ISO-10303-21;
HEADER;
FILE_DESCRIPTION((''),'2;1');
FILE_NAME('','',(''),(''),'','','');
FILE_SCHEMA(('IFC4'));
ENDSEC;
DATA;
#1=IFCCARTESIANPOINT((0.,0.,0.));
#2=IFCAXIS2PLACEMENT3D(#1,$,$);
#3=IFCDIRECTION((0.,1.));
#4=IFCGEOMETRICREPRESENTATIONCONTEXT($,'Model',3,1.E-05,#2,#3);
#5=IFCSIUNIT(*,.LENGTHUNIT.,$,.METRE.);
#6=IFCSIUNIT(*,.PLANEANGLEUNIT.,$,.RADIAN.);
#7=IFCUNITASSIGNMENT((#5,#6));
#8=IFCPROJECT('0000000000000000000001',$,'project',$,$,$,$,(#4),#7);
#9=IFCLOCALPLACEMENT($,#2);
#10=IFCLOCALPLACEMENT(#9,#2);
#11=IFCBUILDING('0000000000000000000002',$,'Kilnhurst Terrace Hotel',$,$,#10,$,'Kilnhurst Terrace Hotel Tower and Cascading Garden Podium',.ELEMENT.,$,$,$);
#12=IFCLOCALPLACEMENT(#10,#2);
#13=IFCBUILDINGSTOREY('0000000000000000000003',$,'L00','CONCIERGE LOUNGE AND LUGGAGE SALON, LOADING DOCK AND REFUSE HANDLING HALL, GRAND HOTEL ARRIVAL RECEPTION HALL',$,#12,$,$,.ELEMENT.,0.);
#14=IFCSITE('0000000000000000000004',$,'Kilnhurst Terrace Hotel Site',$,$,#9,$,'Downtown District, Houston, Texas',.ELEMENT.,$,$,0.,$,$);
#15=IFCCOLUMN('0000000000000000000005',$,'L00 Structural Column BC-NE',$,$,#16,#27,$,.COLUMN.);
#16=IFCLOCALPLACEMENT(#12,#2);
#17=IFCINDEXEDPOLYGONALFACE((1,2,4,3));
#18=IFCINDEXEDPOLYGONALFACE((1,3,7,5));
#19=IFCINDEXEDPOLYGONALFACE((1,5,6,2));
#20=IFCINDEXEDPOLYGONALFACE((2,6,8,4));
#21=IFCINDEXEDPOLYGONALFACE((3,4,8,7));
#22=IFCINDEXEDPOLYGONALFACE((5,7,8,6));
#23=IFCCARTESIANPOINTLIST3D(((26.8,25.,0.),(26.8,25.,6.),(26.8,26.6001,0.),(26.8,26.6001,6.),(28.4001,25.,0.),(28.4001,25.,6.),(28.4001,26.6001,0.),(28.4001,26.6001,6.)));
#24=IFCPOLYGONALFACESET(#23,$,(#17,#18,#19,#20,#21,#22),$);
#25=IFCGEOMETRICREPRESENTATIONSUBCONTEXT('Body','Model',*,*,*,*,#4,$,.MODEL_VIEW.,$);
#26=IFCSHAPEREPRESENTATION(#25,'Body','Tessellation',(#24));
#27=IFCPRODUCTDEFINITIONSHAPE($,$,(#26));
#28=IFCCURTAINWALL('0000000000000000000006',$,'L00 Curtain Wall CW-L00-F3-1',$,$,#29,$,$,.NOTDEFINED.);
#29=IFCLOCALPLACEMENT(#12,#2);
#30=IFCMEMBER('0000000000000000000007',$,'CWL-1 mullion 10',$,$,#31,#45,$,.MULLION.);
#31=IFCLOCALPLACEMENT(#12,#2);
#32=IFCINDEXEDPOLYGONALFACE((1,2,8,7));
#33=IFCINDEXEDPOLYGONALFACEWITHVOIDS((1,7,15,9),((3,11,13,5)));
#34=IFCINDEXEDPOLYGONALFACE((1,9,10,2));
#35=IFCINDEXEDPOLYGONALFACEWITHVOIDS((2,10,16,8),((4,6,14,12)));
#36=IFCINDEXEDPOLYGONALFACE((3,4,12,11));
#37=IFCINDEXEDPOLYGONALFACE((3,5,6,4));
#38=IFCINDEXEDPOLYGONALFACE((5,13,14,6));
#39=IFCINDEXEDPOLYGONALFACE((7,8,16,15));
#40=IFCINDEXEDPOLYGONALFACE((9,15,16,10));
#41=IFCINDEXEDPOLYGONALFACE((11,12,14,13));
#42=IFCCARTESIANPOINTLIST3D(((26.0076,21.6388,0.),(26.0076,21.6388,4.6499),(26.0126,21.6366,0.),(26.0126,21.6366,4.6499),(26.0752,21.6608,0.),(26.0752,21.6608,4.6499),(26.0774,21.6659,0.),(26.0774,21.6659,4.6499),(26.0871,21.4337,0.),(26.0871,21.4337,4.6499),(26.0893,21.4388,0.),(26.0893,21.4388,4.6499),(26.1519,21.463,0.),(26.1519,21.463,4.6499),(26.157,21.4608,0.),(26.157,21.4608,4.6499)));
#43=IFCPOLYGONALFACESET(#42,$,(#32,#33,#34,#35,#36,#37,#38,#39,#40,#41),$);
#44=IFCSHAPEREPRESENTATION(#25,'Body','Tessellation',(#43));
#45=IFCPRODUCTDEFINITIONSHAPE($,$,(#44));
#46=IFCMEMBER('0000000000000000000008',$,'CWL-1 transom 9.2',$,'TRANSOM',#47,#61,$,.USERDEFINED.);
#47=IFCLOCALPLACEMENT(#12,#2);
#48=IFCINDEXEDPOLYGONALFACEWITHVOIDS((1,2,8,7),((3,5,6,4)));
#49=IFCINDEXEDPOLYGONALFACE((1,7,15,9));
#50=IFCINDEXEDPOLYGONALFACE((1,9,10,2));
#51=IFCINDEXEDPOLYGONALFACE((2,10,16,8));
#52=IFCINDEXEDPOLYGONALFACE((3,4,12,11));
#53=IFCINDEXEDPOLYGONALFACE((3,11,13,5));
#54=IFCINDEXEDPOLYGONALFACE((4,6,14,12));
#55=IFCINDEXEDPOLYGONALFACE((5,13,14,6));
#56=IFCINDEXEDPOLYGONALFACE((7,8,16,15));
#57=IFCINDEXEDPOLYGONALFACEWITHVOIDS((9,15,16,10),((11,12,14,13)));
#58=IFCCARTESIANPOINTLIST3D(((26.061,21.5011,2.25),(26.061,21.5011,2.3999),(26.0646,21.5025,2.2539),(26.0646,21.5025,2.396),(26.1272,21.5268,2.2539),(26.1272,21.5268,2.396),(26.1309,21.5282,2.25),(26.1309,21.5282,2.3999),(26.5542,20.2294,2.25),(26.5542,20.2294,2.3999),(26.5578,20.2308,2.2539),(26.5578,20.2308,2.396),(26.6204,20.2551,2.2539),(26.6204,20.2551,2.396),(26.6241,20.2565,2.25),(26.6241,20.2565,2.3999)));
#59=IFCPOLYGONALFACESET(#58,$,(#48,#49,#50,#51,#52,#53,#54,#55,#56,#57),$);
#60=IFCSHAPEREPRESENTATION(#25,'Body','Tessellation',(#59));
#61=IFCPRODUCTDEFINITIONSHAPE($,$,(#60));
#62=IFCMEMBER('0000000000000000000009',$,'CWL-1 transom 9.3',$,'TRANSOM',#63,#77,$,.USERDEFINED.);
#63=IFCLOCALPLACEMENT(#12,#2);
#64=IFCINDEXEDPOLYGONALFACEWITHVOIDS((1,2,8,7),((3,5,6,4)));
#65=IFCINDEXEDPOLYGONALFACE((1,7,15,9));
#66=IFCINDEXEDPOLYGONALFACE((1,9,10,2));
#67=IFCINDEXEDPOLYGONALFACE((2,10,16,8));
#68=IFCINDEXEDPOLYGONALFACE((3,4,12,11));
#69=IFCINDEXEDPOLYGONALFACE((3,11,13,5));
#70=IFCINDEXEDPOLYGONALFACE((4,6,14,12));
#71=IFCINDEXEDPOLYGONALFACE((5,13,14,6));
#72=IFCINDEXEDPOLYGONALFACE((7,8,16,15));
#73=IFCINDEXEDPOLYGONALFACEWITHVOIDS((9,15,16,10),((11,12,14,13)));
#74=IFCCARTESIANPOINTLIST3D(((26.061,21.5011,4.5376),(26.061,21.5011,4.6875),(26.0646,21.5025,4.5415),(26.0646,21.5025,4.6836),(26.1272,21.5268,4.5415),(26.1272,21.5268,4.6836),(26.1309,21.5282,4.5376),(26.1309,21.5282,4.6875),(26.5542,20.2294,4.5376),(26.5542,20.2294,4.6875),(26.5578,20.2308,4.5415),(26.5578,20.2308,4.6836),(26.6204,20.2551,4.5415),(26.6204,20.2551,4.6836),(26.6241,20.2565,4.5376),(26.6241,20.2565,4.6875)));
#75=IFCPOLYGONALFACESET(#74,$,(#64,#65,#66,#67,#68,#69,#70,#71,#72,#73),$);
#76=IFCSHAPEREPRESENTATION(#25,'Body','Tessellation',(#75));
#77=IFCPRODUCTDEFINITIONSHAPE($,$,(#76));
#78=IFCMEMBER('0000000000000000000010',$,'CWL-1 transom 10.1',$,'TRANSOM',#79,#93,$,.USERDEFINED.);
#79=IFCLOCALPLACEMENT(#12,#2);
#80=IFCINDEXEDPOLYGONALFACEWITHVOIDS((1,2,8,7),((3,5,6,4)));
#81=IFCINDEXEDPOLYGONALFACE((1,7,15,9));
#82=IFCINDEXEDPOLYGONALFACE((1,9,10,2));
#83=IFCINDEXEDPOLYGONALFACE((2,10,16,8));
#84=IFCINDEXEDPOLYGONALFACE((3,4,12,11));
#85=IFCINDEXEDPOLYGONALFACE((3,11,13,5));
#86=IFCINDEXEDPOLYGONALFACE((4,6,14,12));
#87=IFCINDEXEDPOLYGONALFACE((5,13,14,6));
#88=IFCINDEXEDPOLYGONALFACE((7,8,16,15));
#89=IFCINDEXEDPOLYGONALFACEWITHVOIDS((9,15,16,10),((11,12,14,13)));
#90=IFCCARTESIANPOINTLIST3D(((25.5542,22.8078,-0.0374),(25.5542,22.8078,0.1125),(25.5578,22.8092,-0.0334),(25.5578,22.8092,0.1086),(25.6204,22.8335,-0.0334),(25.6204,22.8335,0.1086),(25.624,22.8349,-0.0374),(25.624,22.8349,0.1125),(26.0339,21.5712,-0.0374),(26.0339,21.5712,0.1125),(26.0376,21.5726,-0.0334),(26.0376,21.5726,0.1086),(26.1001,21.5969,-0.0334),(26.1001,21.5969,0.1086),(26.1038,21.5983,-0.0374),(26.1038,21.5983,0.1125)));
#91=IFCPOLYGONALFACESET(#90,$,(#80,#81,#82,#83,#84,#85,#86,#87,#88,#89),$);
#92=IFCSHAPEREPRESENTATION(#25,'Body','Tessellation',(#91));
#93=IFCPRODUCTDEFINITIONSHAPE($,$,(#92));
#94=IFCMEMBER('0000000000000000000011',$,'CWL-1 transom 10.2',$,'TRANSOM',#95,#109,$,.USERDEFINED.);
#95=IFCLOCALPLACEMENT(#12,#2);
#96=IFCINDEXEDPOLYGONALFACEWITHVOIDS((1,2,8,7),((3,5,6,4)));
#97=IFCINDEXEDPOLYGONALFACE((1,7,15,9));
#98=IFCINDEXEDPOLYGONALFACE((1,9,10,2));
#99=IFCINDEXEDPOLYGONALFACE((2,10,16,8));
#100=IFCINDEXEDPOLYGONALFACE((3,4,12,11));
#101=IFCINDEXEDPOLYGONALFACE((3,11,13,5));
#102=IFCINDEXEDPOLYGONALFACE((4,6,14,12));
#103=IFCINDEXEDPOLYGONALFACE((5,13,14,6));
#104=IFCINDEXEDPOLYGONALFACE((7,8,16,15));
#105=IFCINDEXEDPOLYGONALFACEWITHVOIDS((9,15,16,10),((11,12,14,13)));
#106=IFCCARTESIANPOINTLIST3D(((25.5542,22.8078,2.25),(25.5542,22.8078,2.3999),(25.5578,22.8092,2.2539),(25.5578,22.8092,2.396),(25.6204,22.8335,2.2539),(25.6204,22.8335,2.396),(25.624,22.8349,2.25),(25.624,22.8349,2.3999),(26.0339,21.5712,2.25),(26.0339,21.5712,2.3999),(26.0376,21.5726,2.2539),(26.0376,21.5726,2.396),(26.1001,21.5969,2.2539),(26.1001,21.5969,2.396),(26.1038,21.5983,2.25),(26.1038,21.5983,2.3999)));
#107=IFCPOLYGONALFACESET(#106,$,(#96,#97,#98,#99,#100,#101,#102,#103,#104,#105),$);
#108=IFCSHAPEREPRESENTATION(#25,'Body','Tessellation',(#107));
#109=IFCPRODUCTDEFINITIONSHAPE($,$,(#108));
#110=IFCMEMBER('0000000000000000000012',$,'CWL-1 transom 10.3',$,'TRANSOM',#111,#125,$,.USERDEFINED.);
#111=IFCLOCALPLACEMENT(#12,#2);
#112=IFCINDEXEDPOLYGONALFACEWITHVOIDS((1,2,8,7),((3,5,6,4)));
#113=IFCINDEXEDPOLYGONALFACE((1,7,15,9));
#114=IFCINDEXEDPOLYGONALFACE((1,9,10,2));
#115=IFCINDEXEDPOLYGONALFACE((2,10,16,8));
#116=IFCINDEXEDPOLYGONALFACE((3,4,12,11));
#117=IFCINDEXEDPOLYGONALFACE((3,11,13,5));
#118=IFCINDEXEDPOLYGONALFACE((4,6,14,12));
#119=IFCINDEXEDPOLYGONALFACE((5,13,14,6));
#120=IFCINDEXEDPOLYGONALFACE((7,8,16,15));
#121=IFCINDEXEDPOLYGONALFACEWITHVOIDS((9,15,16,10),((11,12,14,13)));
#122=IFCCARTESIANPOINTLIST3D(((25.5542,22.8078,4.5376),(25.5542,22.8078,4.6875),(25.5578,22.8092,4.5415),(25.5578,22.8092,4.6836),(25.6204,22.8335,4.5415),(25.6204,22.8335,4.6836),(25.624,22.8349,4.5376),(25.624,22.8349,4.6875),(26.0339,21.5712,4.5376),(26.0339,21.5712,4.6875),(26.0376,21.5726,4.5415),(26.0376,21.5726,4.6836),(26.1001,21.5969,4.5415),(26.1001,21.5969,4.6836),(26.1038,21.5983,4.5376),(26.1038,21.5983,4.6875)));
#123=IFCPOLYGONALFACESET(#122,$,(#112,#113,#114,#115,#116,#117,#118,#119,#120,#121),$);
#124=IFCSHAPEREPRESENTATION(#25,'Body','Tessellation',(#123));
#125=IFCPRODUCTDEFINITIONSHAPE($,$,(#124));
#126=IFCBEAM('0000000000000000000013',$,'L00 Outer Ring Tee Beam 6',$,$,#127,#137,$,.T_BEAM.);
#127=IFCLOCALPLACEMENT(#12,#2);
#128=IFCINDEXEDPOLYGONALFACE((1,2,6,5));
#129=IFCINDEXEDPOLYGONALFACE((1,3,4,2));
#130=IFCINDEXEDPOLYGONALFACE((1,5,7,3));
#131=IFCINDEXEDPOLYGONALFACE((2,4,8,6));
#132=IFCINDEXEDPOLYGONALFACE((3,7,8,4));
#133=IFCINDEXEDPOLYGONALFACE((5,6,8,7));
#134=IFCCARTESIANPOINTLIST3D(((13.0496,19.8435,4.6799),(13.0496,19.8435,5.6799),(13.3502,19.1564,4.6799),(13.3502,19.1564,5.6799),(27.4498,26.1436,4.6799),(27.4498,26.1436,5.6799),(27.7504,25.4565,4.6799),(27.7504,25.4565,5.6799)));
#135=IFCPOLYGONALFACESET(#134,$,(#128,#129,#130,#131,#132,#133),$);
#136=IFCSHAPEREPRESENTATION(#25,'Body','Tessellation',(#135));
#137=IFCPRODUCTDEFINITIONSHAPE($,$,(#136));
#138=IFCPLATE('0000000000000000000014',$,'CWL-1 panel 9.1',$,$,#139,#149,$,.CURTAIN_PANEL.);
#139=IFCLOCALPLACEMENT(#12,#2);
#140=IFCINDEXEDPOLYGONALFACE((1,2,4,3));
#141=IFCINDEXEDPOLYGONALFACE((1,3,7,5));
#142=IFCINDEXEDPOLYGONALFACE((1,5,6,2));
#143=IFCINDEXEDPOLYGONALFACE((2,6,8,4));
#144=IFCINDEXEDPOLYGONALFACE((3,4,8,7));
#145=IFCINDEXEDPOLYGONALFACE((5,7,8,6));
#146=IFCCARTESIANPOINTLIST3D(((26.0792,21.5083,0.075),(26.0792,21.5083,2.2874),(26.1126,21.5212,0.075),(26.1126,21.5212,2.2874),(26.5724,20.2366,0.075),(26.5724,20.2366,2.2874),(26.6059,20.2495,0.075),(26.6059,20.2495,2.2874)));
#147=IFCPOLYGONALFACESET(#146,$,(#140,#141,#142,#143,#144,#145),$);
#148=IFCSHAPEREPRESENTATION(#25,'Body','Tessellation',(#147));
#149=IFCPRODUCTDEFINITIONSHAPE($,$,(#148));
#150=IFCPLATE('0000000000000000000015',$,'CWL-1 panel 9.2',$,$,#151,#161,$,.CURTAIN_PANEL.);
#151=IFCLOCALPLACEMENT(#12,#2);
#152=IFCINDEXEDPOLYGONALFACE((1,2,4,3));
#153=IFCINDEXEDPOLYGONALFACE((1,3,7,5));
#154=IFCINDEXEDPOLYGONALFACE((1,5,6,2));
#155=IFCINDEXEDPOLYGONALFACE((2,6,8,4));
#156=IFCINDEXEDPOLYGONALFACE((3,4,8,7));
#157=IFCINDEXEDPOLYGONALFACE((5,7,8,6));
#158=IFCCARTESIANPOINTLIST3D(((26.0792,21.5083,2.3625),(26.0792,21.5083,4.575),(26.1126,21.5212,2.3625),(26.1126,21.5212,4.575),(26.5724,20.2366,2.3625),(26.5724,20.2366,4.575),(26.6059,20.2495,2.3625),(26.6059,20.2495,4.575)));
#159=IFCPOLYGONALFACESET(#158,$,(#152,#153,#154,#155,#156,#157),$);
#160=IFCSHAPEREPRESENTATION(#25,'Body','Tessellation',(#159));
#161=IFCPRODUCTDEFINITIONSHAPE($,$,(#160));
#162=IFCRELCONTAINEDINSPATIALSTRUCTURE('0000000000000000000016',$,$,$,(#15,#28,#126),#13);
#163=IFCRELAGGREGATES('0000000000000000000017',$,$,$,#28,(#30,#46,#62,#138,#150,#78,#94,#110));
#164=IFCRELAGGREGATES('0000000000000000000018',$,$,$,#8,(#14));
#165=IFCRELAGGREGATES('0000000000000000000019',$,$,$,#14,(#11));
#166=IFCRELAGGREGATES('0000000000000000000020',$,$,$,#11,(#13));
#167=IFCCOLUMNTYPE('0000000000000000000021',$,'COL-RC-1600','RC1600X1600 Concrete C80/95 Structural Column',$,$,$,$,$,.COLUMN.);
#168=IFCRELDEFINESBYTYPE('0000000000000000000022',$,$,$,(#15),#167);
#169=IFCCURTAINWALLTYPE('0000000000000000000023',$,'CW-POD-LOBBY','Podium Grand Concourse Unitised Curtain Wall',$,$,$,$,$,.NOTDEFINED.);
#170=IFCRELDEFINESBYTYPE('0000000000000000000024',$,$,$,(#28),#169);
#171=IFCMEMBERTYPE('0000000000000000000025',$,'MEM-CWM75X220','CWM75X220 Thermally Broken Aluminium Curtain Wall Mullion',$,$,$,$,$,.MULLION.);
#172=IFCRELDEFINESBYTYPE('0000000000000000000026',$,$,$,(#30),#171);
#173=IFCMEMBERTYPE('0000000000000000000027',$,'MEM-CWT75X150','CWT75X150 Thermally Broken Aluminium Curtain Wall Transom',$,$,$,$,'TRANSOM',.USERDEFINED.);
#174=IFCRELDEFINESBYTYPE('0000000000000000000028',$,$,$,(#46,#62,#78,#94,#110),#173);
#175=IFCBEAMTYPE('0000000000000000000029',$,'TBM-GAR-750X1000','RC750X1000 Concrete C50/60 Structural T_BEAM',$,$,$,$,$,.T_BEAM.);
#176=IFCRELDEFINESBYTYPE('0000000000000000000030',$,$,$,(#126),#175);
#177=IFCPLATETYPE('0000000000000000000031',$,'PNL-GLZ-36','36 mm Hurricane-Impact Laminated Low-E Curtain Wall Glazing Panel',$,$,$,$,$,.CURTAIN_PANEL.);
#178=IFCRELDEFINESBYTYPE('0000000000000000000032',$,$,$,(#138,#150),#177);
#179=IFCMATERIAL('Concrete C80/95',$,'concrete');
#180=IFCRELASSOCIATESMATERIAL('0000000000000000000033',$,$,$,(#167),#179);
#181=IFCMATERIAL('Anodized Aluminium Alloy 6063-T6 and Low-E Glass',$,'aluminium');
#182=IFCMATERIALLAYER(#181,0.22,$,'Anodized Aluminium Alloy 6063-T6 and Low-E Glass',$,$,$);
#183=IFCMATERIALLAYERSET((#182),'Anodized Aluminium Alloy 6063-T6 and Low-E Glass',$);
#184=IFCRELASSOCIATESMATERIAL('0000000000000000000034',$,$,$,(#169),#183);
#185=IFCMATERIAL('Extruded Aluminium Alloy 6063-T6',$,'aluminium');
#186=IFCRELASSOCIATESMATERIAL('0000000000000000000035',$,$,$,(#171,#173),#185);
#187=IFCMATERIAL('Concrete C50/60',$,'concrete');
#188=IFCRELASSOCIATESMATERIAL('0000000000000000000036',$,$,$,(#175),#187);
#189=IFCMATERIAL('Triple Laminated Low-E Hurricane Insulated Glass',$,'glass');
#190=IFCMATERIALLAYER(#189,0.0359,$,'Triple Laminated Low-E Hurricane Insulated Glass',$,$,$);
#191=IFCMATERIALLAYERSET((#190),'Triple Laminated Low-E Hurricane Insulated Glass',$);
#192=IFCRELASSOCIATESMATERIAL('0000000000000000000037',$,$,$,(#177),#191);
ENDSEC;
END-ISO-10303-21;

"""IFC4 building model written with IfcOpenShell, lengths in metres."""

from ifc_helpers import new_model, si_unit, direction, frame, origin, origin_2d, place, context, subcontext, project, spatial, rectangle, hollow_rectangle, extrude, material, layer, layer_set, material_profile, profile_set, type_object, element, aggregate, save


model = new_model("IFC4")

# Units and contexts
model_context = context("Model", 3, precision=1e-05, world=origin(), true_north=direction((0.0, 1.0)))
body_context = subcontext(model_context, "Body", "Model", "MODEL_VIEW")
ifc_project = project(units=[si_unit("LENGTHUNIT", "METRE"), si_unit("PLANEANGLEUNIT", "RADIAN")], contexts=[model_context])

# Site, building, storey
site_placement = place(None, origin())
site = spatial("IfcSite", under=ifc_project, at=site_placement, Name="Kilnhurst Terrace Hotel Site", LongName="Downtown District, Houston, Texas", CompositionType="ELEMENT", RefElevation=0.0)
building_placement = place(site_placement, origin())
building = spatial("IfcBuilding", under=site, at=building_placement, Name="Kilnhurst Terrace Hotel", LongName="Kilnhurst Terrace Hotel Tower and Cascading Garden Podium", CompositionType="ELEMENT")
storey_placement = place(building_placement, origin())
storey = spatial("IfcBuildingStorey", under=building, at=storey_placement, Name="L00", Description="CONCIERGE LOUNGE AND LUGGAGE SALON, LOADING DOCK AND REFUSE HANDLING HALL, GRAND HOTEL ARRIVAL RECEPTION HALL", CompositionType="ELEMENT", Elevation=0.0)

# Column
ifc_material_1 = material(Name="Concrete C80/95", Category="concrete")
ifc_material_profile_1 = material_profile(ifc_material_1, rectangle(XDim=1.6001, YDim=1.6001, at=origin_2d()), Name="RC1600X1600")
ifc_profile_set_1 = profile_set([ifc_material_profile_1], Name="Concrete C80/95")
column_type = type_object("IfcColumnType", Name="COL-RC-1600", Description="RC1600X1600 Concrete C80/95 Structural Column", PredefinedType="COLUMN", material=ifc_profile_set_1)
column_placement = place(storey_placement, frame((27.6001, 25.8, 0.0), z_axis=(0.0, 0.0, 1.0), x_axis=(1.0, 0.0, 0.0)))
element("IfcColumn", 1, at=column_placement, inside=storey, type_object=column_type, Name="L00 Structural Column BC-NE", PredefinedType="COLUMN", context=body_context, shape_type="SweptSolid", body=[
    extrude(rectangle(XDim=1.6001, YDim=1.6001, at=origin_2d()), origin(), (0.0, 0.0, 1.0), 6.0),
])

# Curtain wall, members
ifc_material_2 = material(Name="Anodized Aluminium Alloy 6063-T6 and Low-E Glass", Category="aluminium")
ifc_layer_1 = layer(ifc_material_2, 0.22, Name="Anodized Aluminium Alloy 6063-T6 and Low-E Glass")
ifc_layer_set_1 = layer_set([ifc_layer_1], Name="Anodized Aluminium Alloy 6063-T6 and Low-E Glass")
curtain_wall_type = type_object("IfcCurtainWallType", Name="CW-POD-LOBBY", Description="Podium Grand Concourse Unitised Curtain Wall", PredefinedType="NOTDEFINED", material=ifc_layer_set_1)
curtain_wall_placement = place(storey_placement, origin())
curtain_wall = element("IfcCurtainWall", 2, at=curtain_wall_placement, inside=storey, type_object=curtain_wall_type, Name="L00 Curtain Wall CW-L00-F3-1", PredefinedType="NOTDEFINED")
ifc_material_3 = material(Name="Extruded Aluminium Alloy 6063-T6", Category="aluminium")
ifc_material_profile_2 = material_profile(ifc_material_3, hollow_rectangle(XDim=0.075, YDim=0.22, WallThickness=0.0039, at=origin_2d()), Name="CWM75X220")
ifc_profile_set_2 = profile_set([ifc_material_profile_2], Name="Extruded Aluminium Alloy 6063-T6")
member_type_1 = type_object("IfcMemberType", Name="MEM-CWM75X220", Description="CWM75X220 Thermally Broken Aluminium Curtain Wall Mullion", PredefinedType="MULLION", material=ifc_profile_set_2)
member_1_placement = place(storey_placement, frame((26.0823, 21.5498, 0.0), z_axis=(0.0, 0.0, 1.0), x_axis=(-0.932318, -0.361639, 0.0)))
member_1 = element("IfcMember", 3, at=member_1_placement, type_object=member_type_1, Name="CWL-1 mullion 10", PredefinedType="MULLION", context=body_context, shape_type="SweptSolid", body=[
    extrude(hollow_rectangle(XDim=0.075, YDim=0.22, WallThickness=0.0039, at=origin_2d()), origin(), (0.0, 0.0, 1.0), 4.6499),
])
ifc_material_profile_3 = material_profile(ifc_material_3, hollow_rectangle(XDim=0.075, YDim=0.1499, WallThickness=0.0039, at=origin_2d()), Name="CWT75X150")
ifc_profile_set_3 = profile_set([ifc_material_profile_3], Name="Extruded Aluminium Alloy 6063-T6")
member_type_2 = type_object("IfcMemberType", Name="MEM-CWT75X150", Description="CWT75X150 Thermally Broken Aluminium Curtain Wall Transom", ElementType="TRANSOM", PredefinedType="USERDEFINED", material=ifc_profile_set_3)
member_2_placement = place(storey_placement, frame((26.5891, 20.2429, 2.325), z_axis=(-0.361556, 0.93235, 0.0), x_axis=(-0.93235, -0.361556, 0.0)))
member_2 = element("IfcMember", 4, at=member_2_placement, type_object=member_type_2, Name="CWL-1 transom 9.2", ObjectType="TRANSOM", PredefinedType="USERDEFINED", context=body_context, shape_type="SweptSolid", body=[
    extrude(hollow_rectangle(XDim=0.075, YDim=0.1499, WallThickness=0.0039, at=origin_2d()), origin(), (0.0, 0.0, 1.0), 1.364),
])
member_3_placement = place(storey_placement, frame((26.5891, 20.2429, 4.6125), z_axis=(-0.361556, 0.93235, 0.0), x_axis=(-0.93235, -0.361556, 0.0)))
member_3 = element("IfcMember", 5, at=member_3_placement, type_object=member_type_2, Name="CWL-1 transom 9.3", ObjectType="TRANSOM", PredefinedType="USERDEFINED", context=body_context, shape_type="SweptSolid", body=[
    extrude(hollow_rectangle(XDim=0.075, YDim=0.1499, WallThickness=0.0039, at=origin_2d()), origin(), (0.0, 0.0, 1.0), 1.364),
])
member_4_placement = place(storey_placement, frame((26.0688, 21.5847, 0.0376), z_axis=(-0.361691, 0.932298, 0.0), x_axis=(-0.932298, -0.361691, 0.0)))
member_4 = element("IfcMember", 6, at=member_4_placement, type_object=member_type_2, Name="CWL-1 transom 10.1", ObjectType="TRANSOM", PredefinedType="USERDEFINED", context=body_context, shape_type="SweptSolid", body=[
    extrude(hollow_rectangle(XDim=0.075, YDim=0.1499, WallThickness=0.0039, at=origin_2d()), origin(), (0.0, 0.0, 1.0), 1.3264),
])
member_5_placement = place(storey_placement, frame((26.0688, 21.5847, 2.325), z_axis=(-0.361691, 0.932298, 0.0), x_axis=(-0.932298, -0.361691, 0.0)))
member_5 = element("IfcMember", 7, at=member_5_placement, type_object=member_type_2, Name="CWL-1 transom 10.2", ObjectType="TRANSOM", PredefinedType="USERDEFINED", context=body_context, shape_type="SweptSolid", body=[
    extrude(hollow_rectangle(XDim=0.075, YDim=0.1499, WallThickness=0.0039, at=origin_2d()), origin(), (0.0, 0.0, 1.0), 1.3264),
])
member_6_placement = place(storey_placement, frame((26.0688, 21.5847, 4.6125), z_axis=(-0.361691, 0.932298, 0.0), x_axis=(-0.932298, -0.361691, 0.0)))
member_6 = element("IfcMember", 8, at=member_6_placement, type_object=member_type_2, Name="CWL-1 transom 10.3", ObjectType="TRANSOM", PredefinedType="USERDEFINED", context=body_context, shape_type="SweptSolid", body=[
    extrude(hollow_rectangle(XDim=0.075, YDim=0.1499, WallThickness=0.0039, at=origin_2d()), origin(), (0.0, 0.0, 1.0), 1.3264),
])

# Beam
ifc_material_4 = material(Name="Concrete C50/60", Category="concrete")
ifc_material_profile_4 = material_profile(ifc_material_4, rectangle(XDim=0.75, YDim=1.0, at=origin_2d()), Name="RC750X1000")
ifc_profile_set_4 = profile_set([ifc_material_profile_4], Name="Concrete C50/60")
beam_type = type_object("IfcBeamType", Name="TBM-GAR-750X1000", Description="RC750X1000 Concrete C50/60 Structural T_BEAM", PredefinedType="T_BEAM", material=ifc_profile_set_4)
beam_placement = place(storey_placement, frame((27.6001, 25.8, 5.1799), z_axis=(-0.916158, -0.400818, 0.0), x_axis=(0.400818, -0.916158, 0.0)))
element("IfcBeam", 9, at=beam_placement, inside=storey, type_object=beam_type, Name="L00 Outer Ring Tee Beam 6", PredefinedType="T_BEAM", context=body_context, shape_type="SweptSolid", body=[
    extrude(rectangle(XDim=0.75, YDim=1.0, at=origin_2d()), origin(), (0.0, 0.0, 1.0), 15.718),
])

# Plates
ifc_material_5 = material(Name="Triple Laminated Low-E Hurricane Insulated Glass", Category="glass")
ifc_layer_2 = layer(ifc_material_5, 0.0359, Name="Triple Laminated Low-E Hurricane Insulated Glass")
ifc_layer_set_2 = layer_set([ifc_layer_2], Name="Triple Laminated Low-E Hurricane Insulated Glass")
plate_type = type_object("IfcPlateType", Name="PNL-GLZ-36", Description="36 mm Hurricane-Impact Laminated Low-E Curtain Wall Glazing Panel", PredefinedType="CURTAIN_PANEL", material=ifc_layer_set_2)
plate_1_placement = place(storey_placement, frame((26.3425, 20.8789, 0.075), z_axis=(0.0, 0.0, 1.0), x_axis=(-0.361639, 0.932318, 0.0)))
plate_1 = element("IfcPlate", 10, at=plate_1_placement, type_object=plate_type, Name="CWL-1 panel 9.1", PredefinedType="CURTAIN_PANEL", context=body_context, shape_type="SweptSolid", body=[
    extrude(rectangle(XDim=1.364, YDim=0.0359, at=origin_2d()), origin(), (0.0, 0.0, 1.0), 2.2124),
])
plate_2_placement = place(storey_placement, frame((26.3425, 20.8789, 2.3625), z_axis=(0.0, 0.0, 1.0), x_axis=(-0.361639, 0.932318, 0.0)))
plate_2 = element("IfcPlate", 11, at=plate_2_placement, type_object=plate_type, Name="CWL-1 panel 9.2", PredefinedType="CURTAIN_PANEL", context=body_context, shape_type="SweptSolid", body=[
    extrude(rectangle(XDim=1.364, YDim=0.0359, at=origin_2d()), origin(), (0.0, 0.0, 1.0), 2.2124),
])
aggregate(curtain_wall, [member_1, member_2, member_3, plate_1, plate_2, member_4, member_5, member_6])

save(model, "model.ifc")
